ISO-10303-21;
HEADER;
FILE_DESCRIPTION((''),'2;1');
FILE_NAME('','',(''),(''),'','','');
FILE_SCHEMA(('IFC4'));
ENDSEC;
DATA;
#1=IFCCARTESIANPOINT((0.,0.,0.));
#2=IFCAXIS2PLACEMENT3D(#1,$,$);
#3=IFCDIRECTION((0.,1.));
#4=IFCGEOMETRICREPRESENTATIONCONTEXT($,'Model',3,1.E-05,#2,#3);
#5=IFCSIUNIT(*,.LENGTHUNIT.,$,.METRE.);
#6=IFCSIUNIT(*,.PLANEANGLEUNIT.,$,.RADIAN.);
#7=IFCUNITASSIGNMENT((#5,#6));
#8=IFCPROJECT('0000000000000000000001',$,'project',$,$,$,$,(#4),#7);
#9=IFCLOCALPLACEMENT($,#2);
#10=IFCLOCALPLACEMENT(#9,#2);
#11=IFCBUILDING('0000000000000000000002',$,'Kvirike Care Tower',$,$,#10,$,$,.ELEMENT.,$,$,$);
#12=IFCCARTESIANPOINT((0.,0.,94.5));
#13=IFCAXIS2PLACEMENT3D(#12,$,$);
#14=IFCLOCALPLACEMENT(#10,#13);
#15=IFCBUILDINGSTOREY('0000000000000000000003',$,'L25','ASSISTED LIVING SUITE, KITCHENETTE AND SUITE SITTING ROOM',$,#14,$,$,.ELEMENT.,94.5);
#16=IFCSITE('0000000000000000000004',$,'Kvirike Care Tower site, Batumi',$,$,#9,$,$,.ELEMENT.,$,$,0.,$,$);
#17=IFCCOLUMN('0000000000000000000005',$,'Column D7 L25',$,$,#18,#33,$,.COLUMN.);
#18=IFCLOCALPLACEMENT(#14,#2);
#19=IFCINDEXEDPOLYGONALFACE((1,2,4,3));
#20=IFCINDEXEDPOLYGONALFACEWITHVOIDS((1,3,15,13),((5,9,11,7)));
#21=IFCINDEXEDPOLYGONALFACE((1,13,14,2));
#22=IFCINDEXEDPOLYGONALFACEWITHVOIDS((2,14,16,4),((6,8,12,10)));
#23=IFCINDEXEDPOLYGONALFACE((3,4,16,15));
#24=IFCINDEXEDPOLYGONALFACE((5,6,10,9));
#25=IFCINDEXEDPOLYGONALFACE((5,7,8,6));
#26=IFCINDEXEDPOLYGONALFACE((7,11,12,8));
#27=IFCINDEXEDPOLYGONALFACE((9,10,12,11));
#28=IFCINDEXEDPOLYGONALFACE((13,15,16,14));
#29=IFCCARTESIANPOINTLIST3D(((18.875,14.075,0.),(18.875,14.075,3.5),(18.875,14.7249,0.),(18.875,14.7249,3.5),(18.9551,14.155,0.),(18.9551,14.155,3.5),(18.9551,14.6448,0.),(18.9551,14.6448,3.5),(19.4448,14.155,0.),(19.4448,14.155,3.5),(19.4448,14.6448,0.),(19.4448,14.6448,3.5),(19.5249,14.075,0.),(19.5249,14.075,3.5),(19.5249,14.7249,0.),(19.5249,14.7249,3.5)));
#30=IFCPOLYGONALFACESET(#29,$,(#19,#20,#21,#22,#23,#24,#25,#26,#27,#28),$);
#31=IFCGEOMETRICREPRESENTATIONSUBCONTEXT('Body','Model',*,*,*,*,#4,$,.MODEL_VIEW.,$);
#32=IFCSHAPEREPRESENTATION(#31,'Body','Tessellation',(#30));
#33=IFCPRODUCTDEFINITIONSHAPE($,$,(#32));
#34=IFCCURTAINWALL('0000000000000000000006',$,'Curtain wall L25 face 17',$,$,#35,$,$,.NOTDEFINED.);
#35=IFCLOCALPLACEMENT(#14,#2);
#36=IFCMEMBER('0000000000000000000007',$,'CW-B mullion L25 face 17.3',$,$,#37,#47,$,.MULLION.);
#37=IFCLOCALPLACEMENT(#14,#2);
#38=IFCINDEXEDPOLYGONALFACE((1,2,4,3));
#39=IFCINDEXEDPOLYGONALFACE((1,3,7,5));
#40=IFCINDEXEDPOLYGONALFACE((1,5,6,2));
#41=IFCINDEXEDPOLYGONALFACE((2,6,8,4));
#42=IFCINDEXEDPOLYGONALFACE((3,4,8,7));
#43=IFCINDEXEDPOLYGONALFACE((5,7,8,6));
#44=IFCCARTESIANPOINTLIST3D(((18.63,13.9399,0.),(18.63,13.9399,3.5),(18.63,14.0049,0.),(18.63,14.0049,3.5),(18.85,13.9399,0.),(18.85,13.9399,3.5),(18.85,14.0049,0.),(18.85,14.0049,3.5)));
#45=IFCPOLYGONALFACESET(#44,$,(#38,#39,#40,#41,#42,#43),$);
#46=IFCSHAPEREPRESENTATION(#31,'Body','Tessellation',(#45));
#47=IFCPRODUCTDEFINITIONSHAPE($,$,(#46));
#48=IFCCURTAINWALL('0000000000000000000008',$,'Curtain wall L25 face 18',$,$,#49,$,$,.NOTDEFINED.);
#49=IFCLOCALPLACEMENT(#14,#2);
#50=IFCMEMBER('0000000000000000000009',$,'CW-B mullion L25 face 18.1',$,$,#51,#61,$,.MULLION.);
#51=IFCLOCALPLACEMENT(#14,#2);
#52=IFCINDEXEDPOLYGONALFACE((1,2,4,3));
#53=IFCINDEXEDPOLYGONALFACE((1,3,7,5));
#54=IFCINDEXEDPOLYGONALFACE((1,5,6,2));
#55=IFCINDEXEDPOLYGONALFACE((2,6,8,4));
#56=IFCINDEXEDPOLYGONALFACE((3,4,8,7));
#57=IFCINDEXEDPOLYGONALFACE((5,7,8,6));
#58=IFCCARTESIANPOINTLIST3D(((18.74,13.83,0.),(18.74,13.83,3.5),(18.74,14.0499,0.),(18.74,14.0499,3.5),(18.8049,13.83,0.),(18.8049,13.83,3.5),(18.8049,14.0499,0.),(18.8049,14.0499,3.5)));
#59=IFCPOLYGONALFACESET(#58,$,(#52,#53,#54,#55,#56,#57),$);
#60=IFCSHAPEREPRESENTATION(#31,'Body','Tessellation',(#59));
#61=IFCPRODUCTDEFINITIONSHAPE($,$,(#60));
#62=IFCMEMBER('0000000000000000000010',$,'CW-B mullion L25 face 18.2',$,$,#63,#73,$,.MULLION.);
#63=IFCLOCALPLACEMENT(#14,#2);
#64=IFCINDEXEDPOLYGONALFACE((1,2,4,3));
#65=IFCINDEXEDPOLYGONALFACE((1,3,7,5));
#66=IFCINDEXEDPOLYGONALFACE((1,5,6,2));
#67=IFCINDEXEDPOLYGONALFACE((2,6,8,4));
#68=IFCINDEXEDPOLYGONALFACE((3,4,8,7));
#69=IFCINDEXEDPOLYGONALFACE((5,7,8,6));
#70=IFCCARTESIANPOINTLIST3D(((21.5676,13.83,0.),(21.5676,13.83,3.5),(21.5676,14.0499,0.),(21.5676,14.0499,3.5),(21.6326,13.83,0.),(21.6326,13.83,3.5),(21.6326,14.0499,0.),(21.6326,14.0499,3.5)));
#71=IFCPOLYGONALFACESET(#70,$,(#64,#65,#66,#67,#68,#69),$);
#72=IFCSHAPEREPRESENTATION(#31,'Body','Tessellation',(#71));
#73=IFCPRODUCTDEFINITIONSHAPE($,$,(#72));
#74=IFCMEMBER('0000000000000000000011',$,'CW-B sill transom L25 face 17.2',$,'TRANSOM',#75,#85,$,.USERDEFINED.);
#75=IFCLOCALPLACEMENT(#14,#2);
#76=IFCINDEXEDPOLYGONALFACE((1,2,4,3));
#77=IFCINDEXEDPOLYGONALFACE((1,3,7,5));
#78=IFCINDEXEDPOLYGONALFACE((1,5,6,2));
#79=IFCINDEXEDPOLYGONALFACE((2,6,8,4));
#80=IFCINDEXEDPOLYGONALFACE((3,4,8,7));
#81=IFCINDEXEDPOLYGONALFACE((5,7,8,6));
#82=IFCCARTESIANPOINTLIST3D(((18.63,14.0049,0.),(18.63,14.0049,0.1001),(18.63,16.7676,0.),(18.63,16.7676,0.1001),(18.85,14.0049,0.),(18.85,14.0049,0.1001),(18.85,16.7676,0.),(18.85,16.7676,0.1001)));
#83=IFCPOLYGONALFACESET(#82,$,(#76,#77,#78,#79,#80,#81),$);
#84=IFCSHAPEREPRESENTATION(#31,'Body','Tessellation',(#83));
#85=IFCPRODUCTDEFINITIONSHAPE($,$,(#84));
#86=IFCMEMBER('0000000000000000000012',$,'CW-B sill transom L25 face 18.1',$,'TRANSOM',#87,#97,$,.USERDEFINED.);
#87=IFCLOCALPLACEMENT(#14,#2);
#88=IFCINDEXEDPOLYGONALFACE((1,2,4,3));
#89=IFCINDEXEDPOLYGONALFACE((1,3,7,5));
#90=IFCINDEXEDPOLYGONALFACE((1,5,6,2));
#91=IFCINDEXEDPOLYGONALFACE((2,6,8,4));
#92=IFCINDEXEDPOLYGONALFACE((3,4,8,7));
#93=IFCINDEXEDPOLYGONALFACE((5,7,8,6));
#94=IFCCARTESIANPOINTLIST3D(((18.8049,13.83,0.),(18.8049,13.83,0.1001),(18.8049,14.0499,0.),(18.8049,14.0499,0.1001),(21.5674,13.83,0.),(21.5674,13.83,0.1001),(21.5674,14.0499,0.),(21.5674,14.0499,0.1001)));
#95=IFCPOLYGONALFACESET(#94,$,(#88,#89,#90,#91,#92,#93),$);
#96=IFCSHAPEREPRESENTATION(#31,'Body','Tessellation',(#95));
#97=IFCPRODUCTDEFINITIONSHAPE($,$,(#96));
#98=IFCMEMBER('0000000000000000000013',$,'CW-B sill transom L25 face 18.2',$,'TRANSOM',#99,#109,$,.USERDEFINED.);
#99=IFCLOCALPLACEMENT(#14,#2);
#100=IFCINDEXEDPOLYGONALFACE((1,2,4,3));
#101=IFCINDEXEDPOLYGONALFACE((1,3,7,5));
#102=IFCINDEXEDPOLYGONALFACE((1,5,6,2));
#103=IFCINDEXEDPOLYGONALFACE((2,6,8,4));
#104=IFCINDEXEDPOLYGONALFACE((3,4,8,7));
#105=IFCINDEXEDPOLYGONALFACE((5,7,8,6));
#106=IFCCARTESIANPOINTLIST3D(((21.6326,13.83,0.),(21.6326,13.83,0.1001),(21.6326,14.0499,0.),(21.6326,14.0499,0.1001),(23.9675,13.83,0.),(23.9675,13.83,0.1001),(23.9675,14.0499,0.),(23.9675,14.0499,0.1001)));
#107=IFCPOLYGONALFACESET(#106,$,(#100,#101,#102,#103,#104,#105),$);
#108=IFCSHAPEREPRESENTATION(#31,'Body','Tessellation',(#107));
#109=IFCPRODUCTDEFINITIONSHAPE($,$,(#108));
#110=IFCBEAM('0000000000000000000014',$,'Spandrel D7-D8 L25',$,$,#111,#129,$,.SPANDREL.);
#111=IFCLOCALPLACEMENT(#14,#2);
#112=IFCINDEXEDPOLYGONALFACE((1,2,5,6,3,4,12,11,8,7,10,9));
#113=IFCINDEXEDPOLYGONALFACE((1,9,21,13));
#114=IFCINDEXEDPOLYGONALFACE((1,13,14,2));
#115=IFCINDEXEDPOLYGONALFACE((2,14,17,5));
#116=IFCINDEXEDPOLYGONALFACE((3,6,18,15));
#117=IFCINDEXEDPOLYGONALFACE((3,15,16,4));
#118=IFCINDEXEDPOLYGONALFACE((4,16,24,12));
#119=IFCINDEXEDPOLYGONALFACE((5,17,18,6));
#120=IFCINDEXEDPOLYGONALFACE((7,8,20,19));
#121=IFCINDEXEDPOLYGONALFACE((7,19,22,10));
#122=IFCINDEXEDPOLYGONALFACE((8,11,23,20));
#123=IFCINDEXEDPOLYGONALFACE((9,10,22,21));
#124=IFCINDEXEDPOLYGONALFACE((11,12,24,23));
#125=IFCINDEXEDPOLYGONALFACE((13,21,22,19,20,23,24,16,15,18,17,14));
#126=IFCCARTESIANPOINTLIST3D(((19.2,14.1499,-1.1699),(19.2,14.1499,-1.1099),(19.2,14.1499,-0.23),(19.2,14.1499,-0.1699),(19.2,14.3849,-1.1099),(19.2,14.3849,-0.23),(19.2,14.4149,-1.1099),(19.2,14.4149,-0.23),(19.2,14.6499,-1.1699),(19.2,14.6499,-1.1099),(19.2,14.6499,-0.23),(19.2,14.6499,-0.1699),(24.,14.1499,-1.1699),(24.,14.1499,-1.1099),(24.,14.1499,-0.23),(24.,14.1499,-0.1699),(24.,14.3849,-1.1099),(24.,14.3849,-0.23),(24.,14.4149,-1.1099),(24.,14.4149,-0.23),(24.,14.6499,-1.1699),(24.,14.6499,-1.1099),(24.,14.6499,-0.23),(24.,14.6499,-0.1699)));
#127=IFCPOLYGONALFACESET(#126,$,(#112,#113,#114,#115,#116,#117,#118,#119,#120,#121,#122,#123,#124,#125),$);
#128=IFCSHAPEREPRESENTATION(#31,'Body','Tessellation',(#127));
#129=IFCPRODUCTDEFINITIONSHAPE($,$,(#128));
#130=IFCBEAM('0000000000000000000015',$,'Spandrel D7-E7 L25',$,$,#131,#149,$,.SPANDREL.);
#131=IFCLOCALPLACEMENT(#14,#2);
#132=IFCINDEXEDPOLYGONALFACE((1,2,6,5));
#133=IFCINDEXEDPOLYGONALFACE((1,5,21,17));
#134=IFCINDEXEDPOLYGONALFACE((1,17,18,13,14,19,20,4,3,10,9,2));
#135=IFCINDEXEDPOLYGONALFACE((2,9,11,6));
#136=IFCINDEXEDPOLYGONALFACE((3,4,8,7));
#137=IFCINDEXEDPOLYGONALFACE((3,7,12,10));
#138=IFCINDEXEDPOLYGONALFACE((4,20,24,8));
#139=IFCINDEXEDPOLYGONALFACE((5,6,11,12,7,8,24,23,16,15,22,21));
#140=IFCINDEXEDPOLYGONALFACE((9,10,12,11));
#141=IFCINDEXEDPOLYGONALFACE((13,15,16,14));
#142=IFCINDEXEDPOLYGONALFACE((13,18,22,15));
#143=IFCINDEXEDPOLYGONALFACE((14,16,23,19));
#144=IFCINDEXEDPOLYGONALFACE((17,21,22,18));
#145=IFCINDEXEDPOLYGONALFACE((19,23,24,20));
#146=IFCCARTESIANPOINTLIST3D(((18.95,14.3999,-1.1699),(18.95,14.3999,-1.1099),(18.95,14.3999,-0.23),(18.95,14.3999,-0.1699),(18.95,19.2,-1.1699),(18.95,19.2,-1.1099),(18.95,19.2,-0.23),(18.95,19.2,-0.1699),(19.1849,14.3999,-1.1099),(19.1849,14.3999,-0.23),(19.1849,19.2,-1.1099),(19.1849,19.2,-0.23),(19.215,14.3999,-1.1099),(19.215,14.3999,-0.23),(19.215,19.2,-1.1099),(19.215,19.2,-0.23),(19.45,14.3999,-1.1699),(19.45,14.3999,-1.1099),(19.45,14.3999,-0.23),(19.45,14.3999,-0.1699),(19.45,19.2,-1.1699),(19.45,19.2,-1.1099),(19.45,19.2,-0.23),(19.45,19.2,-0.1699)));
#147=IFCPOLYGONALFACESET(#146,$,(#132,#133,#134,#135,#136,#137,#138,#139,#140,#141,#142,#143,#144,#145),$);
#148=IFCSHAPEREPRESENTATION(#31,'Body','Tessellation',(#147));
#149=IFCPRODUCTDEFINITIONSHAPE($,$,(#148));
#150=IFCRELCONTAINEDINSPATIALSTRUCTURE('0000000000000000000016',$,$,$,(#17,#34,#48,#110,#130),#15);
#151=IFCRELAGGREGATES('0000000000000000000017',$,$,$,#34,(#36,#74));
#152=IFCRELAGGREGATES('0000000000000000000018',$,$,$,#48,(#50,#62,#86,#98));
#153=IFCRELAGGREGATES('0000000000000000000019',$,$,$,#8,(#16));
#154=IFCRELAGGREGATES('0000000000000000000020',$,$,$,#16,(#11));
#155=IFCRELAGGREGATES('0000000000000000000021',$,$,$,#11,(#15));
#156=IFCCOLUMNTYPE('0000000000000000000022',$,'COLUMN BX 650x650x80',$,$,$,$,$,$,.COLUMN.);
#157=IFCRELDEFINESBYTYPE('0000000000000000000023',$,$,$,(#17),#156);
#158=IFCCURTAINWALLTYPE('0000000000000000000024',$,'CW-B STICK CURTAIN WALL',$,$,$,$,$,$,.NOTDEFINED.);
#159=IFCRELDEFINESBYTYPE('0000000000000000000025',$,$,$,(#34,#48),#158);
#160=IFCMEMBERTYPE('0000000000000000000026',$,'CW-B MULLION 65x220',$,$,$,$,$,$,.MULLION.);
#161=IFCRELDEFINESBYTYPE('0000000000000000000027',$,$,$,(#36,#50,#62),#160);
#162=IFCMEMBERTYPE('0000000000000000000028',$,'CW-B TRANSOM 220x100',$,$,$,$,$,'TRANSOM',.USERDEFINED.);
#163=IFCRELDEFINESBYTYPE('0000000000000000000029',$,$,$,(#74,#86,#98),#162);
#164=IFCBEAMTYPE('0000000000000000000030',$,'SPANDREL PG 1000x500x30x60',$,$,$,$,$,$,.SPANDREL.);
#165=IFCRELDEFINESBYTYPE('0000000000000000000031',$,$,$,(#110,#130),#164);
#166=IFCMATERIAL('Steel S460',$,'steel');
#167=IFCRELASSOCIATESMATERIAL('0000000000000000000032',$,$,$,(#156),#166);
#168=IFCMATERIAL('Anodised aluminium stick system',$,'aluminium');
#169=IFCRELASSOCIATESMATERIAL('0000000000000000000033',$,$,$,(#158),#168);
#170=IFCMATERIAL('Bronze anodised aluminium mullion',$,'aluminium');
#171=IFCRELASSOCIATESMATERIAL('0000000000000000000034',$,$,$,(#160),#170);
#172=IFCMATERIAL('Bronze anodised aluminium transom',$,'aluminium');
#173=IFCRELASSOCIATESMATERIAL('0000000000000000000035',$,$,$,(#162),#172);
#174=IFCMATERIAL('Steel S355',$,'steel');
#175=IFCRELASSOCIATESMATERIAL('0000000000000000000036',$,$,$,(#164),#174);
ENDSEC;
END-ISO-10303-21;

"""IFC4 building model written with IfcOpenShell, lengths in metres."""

from ifc_helpers import new_model, si_unit, direction, frame, origin, origin_2d, place, context, subcontext, project, spatial, rectangle, hollow_rectangle, i_section, extrude, material, material_profile, profile_set, type_object, element, aggregate, save


model = new_model("IFC4")

# Units and contexts
model_context = context("Model", 3, precision=1e-05, world=origin(), true_north=direction((0.0, 1.0)))
body_context = subcontext(model_context, "Body", "Model", "MODEL_VIEW")
ifc_project = project(units=[si_unit("LENGTHUNIT", "METRE"), si_unit("PLANEANGLEUNIT", "RADIAN")], contexts=[model_context])

# Site, building, storey
site_placement = place(None, origin())
site = spatial("IfcSite", under=ifc_project, at=site_placement, Name="Kvirike Care Tower site, Batumi", CompositionType="ELEMENT", RefElevation=0.0)
building_placement = place(site_placement, origin())
building = spatial("IfcBuilding", under=site, at=building_placement, Name="Kvirike Care Tower", CompositionType="ELEMENT")
storey_placement = place(building_placement, frame((0.0, 0.0, 94.5)))
storey = spatial("IfcBuildingStorey", under=building, at=storey_placement, Name="L25", Description="ASSISTED LIVING SUITE, KITCHENETTE AND SUITE SITTING ROOM", CompositionType="ELEMENT", Elevation=94.5)

# Column
ifc_material_1 = material(Name="Steel S460", Category="steel")
ifc_material_profile_1 = material_profile(ifc_material_1, hollow_rectangle(XDim=0.6499, YDim=0.6499, WallThickness=0.0801, at=origin_2d()), Name="BX 650x650x80")
ifc_profile_set_1 = profile_set([ifc_material_profile_1], Name="Steel S460")
column_type = type_object("IfcColumnType", Name="COLUMN BX 650x650x80", PredefinedType="COLUMN", material=ifc_profile_set_1)
column_placement = place(storey_placement, frame((19.2, 14.3999, 0.0), z_axis=(0.0, 0.0, 1.0), x_axis=(0.0, 1.0, 0.0)))
element("IfcColumn", 1, at=column_placement, inside=storey, type_object=column_type, Name="Column D7 L25", PredefinedType="COLUMN", context=body_context, shape_type="SweptSolid", body=[
    extrude(hollow_rectangle(XDim=0.6499, YDim=0.6499, WallThickness=0.0801, at=origin_2d()), origin(), (0.0, 0.0, 1.0), 3.5),
])

# Curtain wall, member
ifc_material_2 = material(Name="Anodised aluminium stick system", Category="aluminium")
curtain_wall_type = type_object("IfcCurtainWallType", Name="CW-B STICK CURTAIN WALL", PredefinedType="NOTDEFINED", material=ifc_material_2)
curtain_wall_1_placement = place(storey_placement, origin())
curtain_wall_1 = element("IfcCurtainWall", 2, at=curtain_wall_1_placement, inside=storey, type_object=curtain_wall_type, Name="Curtain wall L25 face 17", PredefinedType="NOTDEFINED")
ifc_material_3 = material(Name="Bronze anodised aluminium mullion", Category="aluminium")
ifc_material_profile_2 = material_profile(ifc_material_3, rectangle(XDim=0.0649, YDim=0.22, at=origin_2d()), Name="CW-B MULLION 65x220")
ifc_profile_set_2 = profile_set([ifc_material_profile_2], Name="Bronze anodised aluminium mullion")
member_type_1 = type_object("IfcMemberType", Name="CW-B MULLION 65x220", PredefinedType="MULLION", material=ifc_profile_set_2)
member_1_placement = place(storey_placement, frame((18.74, 13.9724, 0.0), z_axis=(0.0, 0.0, 1.0), x_axis=(0.0, -1.0, 0.0)))
member_1 = element("IfcMember", 3, at=member_1_placement, type_object=member_type_1, Name="CW-B mullion L25 face 17.3", PredefinedType="MULLION", context=body_context, shape_type="SweptSolid", body=[
    extrude(rectangle(XDim=0.0649, YDim=0.22, at=origin_2d()), origin(), (0.0, 0.0, 1.0), 3.5),
])

# Curtain wall, members
curtain_wall_2_placement = place(storey_placement, origin())
curtain_wall_2 = element("IfcCurtainWall", 4, at=curtain_wall_2_placement, inside=storey, type_object=curtain_wall_type, Name="Curtain wall L25 face 18", PredefinedType="NOTDEFINED")
member_2_placement = place(storey_placement, frame((18.7725, 13.9399, 0.0), z_axis=(0.0, 0.0, 1.0), x_axis=(1.0, 0.0, 0.0)))
member_2 = element("IfcMember", 5, at=member_2_placement, type_object=member_type_1, Name="CW-B mullion L25 face 18.1", PredefinedType="MULLION", context=body_context, shape_type="SweptSolid", body=[
    extrude(rectangle(XDim=0.0649, YDim=0.22, at=origin_2d()), origin(), (0.0, 0.0, 1.0), 3.5),
])
member_3_placement = place(storey_placement, frame((21.6001, 13.9399, 0.0), z_axis=(0.0, 0.0, 1.0), x_axis=(1.0, 0.0, 0.0)))
member_3 = element("IfcMember", 6, at=member_3_placement, type_object=member_type_1, Name="CW-B mullion L25 face 18.2", PredefinedType="MULLION", context=body_context, shape_type="SweptSolid", body=[
    extrude(rectangle(XDim=0.0649, YDim=0.22, at=origin_2d()), origin(), (0.0, 0.0, 1.0), 3.5),
])

# Members
ifc_material_4 = material(Name="Bronze anodised aluminium transom", Category="aluminium")
ifc_material_profile_3 = material_profile(ifc_material_4, rectangle(XDim=0.22, YDim=0.1001, at=origin_2d()), Name="CW-B TRANSOM 220x100")
ifc_profile_set_3 = profile_set([ifc_material_profile_3], Name="Bronze anodised aluminium transom")
member_type_2 = type_object("IfcMemberType", Name="CW-B TRANSOM 220x100", ElementType="TRANSOM", PredefinedType="USERDEFINED", material=ifc_profile_set_3)
member_4_placement = place(storey_placement, frame((18.74, 16.7676, 0.05), z_axis=(0.0, -1.0, 0.0), x_axis=(1.0, 0.0, 0.0)))
member_4 = element("IfcMember", 7, at=member_4_placement, type_object=member_type_2, Name="CW-B sill transom L25 face 17.2", ObjectType="TRANSOM", PredefinedType="USERDEFINED", context=body_context, shape_type="SweptSolid", body=[
    extrude(rectangle(XDim=0.22, YDim=0.1001, at=origin_2d()), origin(), (0.0, 0.0, 1.0), 2.7627),
])
member_5_placement = place(storey_placement, frame((18.8049, 13.9399, 0.05), z_axis=(1.0, 0.0, 0.0), x_axis=(0.0, 1.0, 0.0)))
member_5 = element("IfcMember", 8, at=member_5_placement, type_object=member_type_2, Name="CW-B sill transom L25 face 18.1", ObjectType="TRANSOM", PredefinedType="USERDEFINED", context=body_context, shape_type="SweptSolid", body=[
    extrude(rectangle(XDim=0.22, YDim=0.1001, at=origin_2d()), origin(), (0.0, 0.0, 1.0), 2.7625),
])
member_6_placement = place(storey_placement, frame((21.6326, 13.9399, 0.05), z_axis=(1.0, 0.0, 0.0), x_axis=(0.0, 1.0, 0.0)))
member_6 = element("IfcMember", 9, at=member_6_placement, type_object=member_type_2, Name="CW-B sill transom L25 face 18.2", ObjectType="TRANSOM", PredefinedType="USERDEFINED", context=body_context, shape_type="SweptSolid", body=[
    extrude(rectangle(XDim=0.22, YDim=0.1001, at=origin_2d()), origin(), (0.0, 0.0, 1.0), 2.335),
])

# Beams
ifc_material_5 = material(Name="Steel S355", Category="steel")
ifc_material_profile_4 = material_profile(ifc_material_5, i_section(OverallWidth=0.5, OverallDepth=1.0, WebThickness=0.03, FlangeThickness=0.0601, at=origin_2d()), Name="PG 1000x500x30x60")
ifc_profile_set_4 = profile_set([ifc_material_profile_4], Name="Steel S355")
beam_type = type_object("IfcBeamType", Name="SPANDREL PG 1000x500x30x60", PredefinedType="SPANDREL", material=ifc_profile_set_4)
for number, where, z_axis, x_axis, name in (
    (10, (19.2, 14.3999, -0.6699), (1.0, 0.0, 0.0), (0.0, 1.0, 0.0), "Spandrel D7-D8 L25"),
    (11, (19.2, 14.3999, -0.6699), (0.0, 1.0, 0.0), (-1.0, 0.0, 0.0), "Spandrel D7-E7 L25"),
):
    element("IfcBeam", number, at=place(storey_placement, frame(where, z_axis=z_axis, x_axis=x_axis)), inside=storey, type_object=beam_type, Name=name, PredefinedType="SPANDREL", context=body_context, shape_type="SweptSolid", body=[
        extrude(i_section(OverallWidth=0.5, OverallDepth=1.0, WebThickness=0.03, FlangeThickness=0.0601, at=origin_2d()), origin(), (0.0, 0.0, 1.0), 4.8),
    ])

aggregate(curtain_wall_1, [member_1, member_4])
aggregate(curtain_wall_2, [member_2, member_3, member_5, member_6])

save(model, "model.ifc")
